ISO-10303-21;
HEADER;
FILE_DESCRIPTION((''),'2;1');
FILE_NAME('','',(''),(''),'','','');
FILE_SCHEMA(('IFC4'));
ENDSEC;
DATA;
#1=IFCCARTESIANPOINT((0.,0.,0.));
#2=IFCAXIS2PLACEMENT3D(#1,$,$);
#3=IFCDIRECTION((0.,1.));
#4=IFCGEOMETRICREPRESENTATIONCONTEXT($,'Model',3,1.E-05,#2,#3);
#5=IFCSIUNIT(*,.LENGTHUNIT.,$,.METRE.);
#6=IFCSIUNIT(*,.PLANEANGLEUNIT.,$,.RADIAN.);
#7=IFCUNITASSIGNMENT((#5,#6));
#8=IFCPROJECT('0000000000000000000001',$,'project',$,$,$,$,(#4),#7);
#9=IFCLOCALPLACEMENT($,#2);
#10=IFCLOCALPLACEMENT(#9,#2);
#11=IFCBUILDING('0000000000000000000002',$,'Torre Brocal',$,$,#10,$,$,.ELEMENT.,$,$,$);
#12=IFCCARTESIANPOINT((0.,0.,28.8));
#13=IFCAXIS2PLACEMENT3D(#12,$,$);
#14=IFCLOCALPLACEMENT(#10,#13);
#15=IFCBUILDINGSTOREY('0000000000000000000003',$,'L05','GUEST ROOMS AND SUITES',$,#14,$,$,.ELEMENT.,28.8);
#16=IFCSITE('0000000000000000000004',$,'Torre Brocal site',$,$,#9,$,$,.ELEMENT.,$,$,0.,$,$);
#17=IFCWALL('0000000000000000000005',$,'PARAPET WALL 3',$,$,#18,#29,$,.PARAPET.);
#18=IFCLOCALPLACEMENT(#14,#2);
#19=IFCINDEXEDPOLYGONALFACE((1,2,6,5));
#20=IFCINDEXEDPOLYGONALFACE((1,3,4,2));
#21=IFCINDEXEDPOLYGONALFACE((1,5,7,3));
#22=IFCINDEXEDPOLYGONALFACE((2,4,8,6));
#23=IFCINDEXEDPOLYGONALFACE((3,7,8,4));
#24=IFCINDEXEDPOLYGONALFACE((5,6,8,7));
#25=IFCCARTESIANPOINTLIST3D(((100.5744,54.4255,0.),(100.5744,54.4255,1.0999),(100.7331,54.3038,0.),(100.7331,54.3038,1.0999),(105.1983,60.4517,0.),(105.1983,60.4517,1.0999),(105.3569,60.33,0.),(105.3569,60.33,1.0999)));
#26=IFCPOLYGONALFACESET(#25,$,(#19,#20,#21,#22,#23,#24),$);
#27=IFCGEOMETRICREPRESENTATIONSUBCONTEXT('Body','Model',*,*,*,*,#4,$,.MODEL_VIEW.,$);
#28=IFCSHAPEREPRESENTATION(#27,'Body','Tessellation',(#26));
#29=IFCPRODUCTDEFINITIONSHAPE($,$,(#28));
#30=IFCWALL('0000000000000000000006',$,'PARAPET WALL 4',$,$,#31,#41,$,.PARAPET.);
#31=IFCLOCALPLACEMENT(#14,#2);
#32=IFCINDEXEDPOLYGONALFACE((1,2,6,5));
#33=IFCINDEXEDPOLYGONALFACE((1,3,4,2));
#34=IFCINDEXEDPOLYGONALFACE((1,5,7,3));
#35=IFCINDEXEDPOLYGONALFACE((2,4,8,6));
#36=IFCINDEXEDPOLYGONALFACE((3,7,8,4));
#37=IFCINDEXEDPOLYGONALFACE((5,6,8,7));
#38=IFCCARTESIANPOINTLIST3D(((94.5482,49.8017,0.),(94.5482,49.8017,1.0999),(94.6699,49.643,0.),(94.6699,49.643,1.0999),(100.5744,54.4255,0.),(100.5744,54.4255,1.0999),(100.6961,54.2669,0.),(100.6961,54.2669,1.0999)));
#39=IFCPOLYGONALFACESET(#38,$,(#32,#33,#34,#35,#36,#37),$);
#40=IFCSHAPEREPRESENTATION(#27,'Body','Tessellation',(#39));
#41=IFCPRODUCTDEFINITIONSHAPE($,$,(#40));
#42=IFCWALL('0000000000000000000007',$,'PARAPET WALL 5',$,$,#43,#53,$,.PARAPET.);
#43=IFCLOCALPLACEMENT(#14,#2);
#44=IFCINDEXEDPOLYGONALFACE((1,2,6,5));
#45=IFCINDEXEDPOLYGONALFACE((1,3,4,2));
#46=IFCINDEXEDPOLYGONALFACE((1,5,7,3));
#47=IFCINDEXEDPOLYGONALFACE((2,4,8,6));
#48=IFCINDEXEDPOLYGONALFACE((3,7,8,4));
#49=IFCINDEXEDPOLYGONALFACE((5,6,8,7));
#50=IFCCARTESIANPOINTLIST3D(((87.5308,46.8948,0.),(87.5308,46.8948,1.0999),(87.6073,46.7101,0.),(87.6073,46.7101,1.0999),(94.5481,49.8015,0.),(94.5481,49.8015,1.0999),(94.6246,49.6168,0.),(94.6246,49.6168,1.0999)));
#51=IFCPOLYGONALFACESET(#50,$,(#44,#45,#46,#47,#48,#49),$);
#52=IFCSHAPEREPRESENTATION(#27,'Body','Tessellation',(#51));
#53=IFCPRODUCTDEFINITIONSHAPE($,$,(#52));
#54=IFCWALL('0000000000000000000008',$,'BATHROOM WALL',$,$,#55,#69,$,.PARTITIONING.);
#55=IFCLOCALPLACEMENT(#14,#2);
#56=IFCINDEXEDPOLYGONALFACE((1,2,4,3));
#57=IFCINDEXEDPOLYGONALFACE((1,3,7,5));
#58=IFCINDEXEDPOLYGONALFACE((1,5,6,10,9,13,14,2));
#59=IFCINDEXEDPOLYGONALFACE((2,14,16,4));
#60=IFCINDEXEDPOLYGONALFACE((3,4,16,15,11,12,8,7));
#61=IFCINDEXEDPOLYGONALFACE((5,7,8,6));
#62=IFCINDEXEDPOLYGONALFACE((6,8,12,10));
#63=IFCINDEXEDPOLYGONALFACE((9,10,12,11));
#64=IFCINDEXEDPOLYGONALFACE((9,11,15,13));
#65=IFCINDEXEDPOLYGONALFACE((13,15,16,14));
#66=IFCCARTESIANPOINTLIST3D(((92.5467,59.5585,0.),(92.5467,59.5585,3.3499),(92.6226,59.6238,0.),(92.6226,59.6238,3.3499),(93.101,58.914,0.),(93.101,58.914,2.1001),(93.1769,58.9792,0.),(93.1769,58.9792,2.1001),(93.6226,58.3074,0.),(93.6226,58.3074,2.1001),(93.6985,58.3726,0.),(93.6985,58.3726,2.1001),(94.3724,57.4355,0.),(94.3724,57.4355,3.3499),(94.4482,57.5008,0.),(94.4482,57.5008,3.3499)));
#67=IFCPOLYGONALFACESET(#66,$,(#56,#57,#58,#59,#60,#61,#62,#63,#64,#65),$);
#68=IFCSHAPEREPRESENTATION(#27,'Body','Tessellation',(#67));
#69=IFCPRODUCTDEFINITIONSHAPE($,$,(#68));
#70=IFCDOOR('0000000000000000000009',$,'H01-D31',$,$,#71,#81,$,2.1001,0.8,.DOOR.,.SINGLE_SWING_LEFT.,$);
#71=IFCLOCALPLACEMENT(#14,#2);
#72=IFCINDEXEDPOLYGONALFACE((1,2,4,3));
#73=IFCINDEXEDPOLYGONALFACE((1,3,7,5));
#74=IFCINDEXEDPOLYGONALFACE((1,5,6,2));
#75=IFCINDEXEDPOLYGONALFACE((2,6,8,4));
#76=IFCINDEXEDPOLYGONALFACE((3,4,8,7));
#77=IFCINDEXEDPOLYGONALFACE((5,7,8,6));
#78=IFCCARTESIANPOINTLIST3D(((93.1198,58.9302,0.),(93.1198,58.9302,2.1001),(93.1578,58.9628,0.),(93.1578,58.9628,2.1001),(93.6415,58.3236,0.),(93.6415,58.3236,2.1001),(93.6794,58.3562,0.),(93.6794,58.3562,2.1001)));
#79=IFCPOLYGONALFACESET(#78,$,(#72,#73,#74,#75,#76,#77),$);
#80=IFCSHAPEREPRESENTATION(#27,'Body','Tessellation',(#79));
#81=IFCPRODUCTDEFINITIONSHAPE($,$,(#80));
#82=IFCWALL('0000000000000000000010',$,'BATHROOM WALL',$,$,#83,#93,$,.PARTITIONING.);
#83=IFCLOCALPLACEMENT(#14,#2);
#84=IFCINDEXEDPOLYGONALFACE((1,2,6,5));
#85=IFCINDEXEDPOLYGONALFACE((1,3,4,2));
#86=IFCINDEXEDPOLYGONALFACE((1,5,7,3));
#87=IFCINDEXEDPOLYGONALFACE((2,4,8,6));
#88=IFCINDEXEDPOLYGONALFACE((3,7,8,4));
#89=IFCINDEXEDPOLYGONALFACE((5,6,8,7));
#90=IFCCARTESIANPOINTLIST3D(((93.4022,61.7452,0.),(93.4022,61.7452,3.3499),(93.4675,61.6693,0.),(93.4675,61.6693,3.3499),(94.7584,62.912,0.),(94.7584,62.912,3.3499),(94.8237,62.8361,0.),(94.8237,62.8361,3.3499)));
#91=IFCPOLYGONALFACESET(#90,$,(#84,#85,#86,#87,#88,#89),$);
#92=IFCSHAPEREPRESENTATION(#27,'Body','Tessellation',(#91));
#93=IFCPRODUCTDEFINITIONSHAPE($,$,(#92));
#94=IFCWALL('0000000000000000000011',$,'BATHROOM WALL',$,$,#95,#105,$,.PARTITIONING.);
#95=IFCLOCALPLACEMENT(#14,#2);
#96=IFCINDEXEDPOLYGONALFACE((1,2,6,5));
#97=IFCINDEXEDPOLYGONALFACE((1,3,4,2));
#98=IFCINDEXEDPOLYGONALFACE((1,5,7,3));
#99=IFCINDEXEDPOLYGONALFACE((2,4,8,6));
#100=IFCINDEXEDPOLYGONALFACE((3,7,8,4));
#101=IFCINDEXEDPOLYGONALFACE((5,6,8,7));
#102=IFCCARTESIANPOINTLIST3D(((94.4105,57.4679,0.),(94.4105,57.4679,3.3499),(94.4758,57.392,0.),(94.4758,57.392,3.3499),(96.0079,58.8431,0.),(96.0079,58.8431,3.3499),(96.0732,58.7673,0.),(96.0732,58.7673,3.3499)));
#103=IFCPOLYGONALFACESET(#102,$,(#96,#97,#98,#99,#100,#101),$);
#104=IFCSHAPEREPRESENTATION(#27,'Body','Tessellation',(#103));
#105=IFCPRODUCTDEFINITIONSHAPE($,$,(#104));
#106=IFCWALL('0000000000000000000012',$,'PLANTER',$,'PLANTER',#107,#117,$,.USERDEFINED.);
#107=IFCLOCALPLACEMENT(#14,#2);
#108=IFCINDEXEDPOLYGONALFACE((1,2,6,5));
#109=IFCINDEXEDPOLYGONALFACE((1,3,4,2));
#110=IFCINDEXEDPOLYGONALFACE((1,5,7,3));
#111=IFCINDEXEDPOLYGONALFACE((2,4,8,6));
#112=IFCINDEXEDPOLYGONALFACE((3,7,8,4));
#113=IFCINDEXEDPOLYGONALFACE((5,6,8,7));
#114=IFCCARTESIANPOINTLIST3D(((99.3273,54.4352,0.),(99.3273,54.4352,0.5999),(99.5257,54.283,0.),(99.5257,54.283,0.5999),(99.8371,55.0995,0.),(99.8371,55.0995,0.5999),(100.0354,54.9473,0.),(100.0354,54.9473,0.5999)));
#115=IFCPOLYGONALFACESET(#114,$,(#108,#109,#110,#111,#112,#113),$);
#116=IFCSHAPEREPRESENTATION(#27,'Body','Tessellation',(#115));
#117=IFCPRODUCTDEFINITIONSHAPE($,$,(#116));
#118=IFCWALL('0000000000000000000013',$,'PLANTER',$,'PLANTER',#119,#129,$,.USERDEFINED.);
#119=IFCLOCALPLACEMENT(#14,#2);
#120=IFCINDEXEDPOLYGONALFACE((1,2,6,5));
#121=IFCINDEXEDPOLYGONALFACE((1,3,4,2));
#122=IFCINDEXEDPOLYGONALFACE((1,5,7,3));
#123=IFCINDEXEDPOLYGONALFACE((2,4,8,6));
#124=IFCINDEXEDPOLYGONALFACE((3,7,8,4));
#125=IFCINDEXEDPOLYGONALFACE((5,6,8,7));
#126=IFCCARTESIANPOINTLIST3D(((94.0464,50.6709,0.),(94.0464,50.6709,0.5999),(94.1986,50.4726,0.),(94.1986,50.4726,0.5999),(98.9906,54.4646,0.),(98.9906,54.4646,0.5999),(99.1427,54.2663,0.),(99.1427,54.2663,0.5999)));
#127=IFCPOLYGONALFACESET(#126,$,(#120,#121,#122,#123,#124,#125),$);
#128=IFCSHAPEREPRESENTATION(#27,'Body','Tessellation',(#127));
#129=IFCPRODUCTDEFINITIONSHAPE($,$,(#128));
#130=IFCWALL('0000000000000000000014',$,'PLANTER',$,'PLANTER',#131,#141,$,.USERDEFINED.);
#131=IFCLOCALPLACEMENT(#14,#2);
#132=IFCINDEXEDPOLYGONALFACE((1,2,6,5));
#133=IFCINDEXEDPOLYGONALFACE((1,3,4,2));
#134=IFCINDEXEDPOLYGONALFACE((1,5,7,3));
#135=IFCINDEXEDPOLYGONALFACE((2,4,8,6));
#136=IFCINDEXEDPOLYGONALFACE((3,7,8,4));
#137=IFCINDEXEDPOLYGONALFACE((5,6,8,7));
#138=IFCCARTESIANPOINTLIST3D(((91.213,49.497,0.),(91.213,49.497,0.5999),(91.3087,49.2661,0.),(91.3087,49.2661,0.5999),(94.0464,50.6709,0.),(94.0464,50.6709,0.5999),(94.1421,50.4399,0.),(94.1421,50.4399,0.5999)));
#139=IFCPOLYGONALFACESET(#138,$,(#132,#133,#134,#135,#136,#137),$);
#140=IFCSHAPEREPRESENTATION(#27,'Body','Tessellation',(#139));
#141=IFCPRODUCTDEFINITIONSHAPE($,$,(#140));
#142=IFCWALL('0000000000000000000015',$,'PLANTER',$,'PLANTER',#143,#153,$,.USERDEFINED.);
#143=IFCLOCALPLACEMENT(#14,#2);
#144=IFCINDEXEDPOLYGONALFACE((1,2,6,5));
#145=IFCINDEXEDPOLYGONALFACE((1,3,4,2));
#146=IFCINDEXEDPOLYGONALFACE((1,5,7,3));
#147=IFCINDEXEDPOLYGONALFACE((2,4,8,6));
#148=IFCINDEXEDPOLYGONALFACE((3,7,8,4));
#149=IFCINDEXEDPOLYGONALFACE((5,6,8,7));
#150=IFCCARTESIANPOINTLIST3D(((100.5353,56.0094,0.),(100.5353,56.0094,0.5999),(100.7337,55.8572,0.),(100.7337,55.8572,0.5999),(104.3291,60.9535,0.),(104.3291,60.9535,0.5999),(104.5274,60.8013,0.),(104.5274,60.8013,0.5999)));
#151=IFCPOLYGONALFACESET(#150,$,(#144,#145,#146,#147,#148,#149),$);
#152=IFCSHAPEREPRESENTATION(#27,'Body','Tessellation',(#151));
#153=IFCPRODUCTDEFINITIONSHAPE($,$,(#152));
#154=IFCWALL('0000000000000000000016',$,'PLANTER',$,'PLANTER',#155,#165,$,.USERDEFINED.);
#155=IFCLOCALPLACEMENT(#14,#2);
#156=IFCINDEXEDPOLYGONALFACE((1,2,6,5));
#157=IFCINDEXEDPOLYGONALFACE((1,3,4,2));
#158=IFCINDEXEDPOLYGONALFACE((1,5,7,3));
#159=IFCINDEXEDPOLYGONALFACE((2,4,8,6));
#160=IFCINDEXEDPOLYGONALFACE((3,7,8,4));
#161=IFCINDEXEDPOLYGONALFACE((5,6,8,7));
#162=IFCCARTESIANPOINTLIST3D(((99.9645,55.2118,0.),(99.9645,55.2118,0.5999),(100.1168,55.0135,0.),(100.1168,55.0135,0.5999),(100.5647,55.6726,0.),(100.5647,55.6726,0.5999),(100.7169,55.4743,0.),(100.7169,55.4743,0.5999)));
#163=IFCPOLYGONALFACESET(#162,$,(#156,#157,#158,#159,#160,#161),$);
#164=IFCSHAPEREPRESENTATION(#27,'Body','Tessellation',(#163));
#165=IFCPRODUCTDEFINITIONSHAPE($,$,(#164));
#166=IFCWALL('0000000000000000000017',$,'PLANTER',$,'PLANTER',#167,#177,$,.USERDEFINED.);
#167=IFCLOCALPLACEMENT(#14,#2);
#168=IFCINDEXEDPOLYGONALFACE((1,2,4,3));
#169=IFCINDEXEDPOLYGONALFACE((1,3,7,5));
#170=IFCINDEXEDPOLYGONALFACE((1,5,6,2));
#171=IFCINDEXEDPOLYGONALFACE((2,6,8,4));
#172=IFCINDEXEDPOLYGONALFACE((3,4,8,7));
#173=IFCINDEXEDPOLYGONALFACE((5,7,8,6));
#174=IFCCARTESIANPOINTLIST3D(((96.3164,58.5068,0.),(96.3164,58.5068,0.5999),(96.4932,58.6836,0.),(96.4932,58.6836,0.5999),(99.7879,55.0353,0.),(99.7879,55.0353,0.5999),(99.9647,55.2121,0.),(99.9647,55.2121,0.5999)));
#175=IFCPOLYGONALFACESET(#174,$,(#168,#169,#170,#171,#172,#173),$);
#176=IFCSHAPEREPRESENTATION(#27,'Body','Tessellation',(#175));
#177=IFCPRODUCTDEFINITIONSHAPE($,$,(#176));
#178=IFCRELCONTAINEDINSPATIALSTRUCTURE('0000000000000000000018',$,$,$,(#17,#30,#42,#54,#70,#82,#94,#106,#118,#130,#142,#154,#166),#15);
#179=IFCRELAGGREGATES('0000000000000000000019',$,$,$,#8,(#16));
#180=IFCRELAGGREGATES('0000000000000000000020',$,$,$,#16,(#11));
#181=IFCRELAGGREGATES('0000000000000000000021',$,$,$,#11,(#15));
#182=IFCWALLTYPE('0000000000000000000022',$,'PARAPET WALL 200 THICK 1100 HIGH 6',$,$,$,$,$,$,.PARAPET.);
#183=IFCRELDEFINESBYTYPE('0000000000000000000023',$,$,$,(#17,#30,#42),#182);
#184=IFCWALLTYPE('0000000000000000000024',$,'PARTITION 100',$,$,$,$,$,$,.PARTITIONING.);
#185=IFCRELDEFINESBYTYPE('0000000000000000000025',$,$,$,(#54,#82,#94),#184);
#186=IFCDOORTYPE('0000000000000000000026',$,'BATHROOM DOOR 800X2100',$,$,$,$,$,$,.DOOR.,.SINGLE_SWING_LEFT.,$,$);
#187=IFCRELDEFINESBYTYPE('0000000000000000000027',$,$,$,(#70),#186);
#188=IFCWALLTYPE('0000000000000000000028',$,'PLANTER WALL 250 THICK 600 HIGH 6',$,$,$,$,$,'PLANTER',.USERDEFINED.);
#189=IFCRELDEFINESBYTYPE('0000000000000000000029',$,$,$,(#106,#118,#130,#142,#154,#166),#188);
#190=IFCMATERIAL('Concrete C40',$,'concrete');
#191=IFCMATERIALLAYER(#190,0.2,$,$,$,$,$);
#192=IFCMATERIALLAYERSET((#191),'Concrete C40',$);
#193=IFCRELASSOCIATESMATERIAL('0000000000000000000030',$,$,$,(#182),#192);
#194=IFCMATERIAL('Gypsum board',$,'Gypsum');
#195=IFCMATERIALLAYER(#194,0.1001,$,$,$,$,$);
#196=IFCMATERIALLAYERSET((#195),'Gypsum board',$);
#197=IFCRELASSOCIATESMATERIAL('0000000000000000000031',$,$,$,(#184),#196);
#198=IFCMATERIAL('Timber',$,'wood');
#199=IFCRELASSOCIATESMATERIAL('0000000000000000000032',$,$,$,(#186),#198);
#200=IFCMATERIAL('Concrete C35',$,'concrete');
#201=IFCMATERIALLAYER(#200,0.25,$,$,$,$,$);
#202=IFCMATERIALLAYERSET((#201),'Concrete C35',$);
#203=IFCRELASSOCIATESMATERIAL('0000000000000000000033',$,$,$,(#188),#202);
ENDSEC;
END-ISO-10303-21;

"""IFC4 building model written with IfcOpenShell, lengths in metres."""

from ifc_helpers import new_model, si_unit, direction, frame, frame_2d, origin, place, context, subcontext, project, spatial, rectangle, extrude, material, layer, layer_set, type_object, element, fill, save


model = new_model("IFC4")

# Units and contexts
model_context = context("Model", 3, precision=1e-05, world=origin(), true_north=direction((0.0, 1.0)))
body_context = subcontext(model_context, "Body", "Model", "MODEL_VIEW")
ifc_project = project(units=[si_unit("LENGTHUNIT", "METRE"), si_unit("PLANEANGLEUNIT", "RADIAN")], contexts=[model_context])

# Site, building, storey
site_placement = place(None, origin())
site = spatial("IfcSite", under=ifc_project, at=site_placement, Name="Torre Brocal site", CompositionType="ELEMENT", RefElevation=0.0)
building_placement = place(site_placement, origin())
building = spatial("IfcBuilding", under=site, at=building_placement, Name="Torre Brocal", CompositionType="ELEMENT")
storey_placement = place(building_placement, frame((0.0, 0.0, 28.8)))
storey = spatial("IfcBuildingStorey", under=building, at=storey_placement, Name="L05", Description="GUEST ROOMS AND SUITES", CompositionType="ELEMENT", Elevation=28.8)

# Walls
ifc_material_1 = material(Name="Concrete C40", Category="concrete")
ifc_layer_1 = layer(ifc_material_1, 0.2)
ifc_layer_set_1 = layer_set([ifc_layer_1], Name="Concrete C40")
wall_type_1 = type_object("IfcWallType", Name="PARAPET WALL 200 THICK 1100 HIGH 6", PredefinedType="PARAPET", material=ifc_layer_set_1)
for number, where, z_axis, x_axis, name in (
    (1, (105.2776, 60.3909, 0.0), (0.0, 0.0, 1.0), (-0.608743, -0.793368, 0.0), "PARAPET WALL 3"),
    (2, (100.6353, 54.3462, 0.0), (0.0, 0.0, 1.0), (-0.793368, -0.608743, 0.0), "PARAPET WALL 4"),
):
    element("IfcWall", number, at=place(storey_placement, frame(where, z_axis=z_axis, x_axis=x_axis)), inside=storey, type_object=wall_type_1, Name=name, PredefinedType="PARAPET", context=body_context, shape_type="SweptSolid", body=[
        extrude(rectangle(XDim=7.5957, YDim=0.2, at=frame_2d((3.7979, 0.0))), origin(), (0.0, 0.0, 1.0), 1.0999),
    ])
wall_1_placement = place(storey_placement, frame((94.5864, 49.7092, 0.0), z_axis=(0.0, 0.0, 1.0), x_axis=(-0.923877, -0.382691, 0.0)))
element("IfcWall", 3, at=wall_1_placement, inside=storey, type_object=wall_type_1, Name="PARAPET WALL 5", PredefinedType="PARAPET", context=body_context, shape_type="SweptSolid", body=[
    extrude(rectangle(XDim=7.5955, YDim=0.2, at=frame_2d((3.7979, 0.0))), origin(), (0.0, 0.0, 1.0), 1.0999),
])

# Wall, opening, door
ifc_material_2 = material(Name="Gypsum board", Category="Gypsum")
ifc_layer_2 = layer(ifc_material_2, 0.1001)
ifc_layer_set_2 = layer_set([ifc_layer_2], Name="Gypsum board")
wall_type_2 = type_object("IfcWallType", Name="PARTITION 100", PredefinedType="PARTITIONING", material=ifc_layer_set_2)
wall_2_placement = place(storey_placement, frame((92.5847, 59.5911, 0.0), z_axis=(0.0, 0.0, 1.0), x_axis=(0.652011, -0.758209, 0.0)))
wall_2 = element("IfcWall", 4, at=wall_2_placement, inside=storey, type_object=wall_type_2, Name="BATHROOM WALL", PredefinedType="PARTITIONING", context=body_context, shape_type="SweptSolid", body=[
    extrude(rectangle(XDim=2.8, YDim=0.1001, at=frame_2d((1.3999, 0.0))), origin(), (0.0, 0.0, 1.0), 3.3499),
])
opening_1_placement = place(wall_2_placement, frame((0.8501, 0.0, 0.0)))
opening_1 = element("IfcOpeningElement", 5, at=opening_1_placement, cuts=wall_2, PredefinedType="OPENING", context=body_context, shape_type="SweptSolid", body=[
    extrude(rectangle(XDim=0.8, YDim=2.1001, at=frame_2d((0.3999, 1.05))), frame((0.0, 0.0601, 0.0), z_axis=(0.0, -1.0, 0.0), x_axis=(1.0, 0.0, 0.0)), (0.0, 0.0, 1.0), 0.1201),
])
ifc_material_3 = material(Name="Timber", Category="wood")
door_type_1 = type_object("IfcDoorType", Name="BATHROOM DOOR 800X2100", OperationType="SINGLE_SWING_LEFT", PredefinedType="DOOR", material=ifc_material_3)
door_1_placement = place(opening_1_placement, origin())
door_1 = element("IfcDoor", 6, at=door_1_placement, inside=storey, type_object=door_type_1, Name="H01-D31", OperationType="SINGLE_SWING_LEFT", OverallHeight=2.1001, OverallWidth=0.8, PredefinedType="DOOR", context=body_context, shape_type="SweptSolid", body=[
    extrude(rectangle(XDim=0.8, YDim=2.1001, at=frame_2d((0.3999, 1.05))), frame((0.0, 0.0249, 0.0), z_axis=(0.0, -1.0, 0.0), x_axis=(1.0, 0.0, 0.0)), (0.0, 0.0, 1.0), 0.05),
])
fill(opening_1, door_1)

# Walls
wall_3_placement = place(storey_placement, frame((93.4348, 61.7073, 0.0), z_axis=(0.0, 0.0, 1.0), x_axis=(0.75807, 0.652173, 0.0)))
element("IfcWall", 7, at=wall_3_placement, inside=storey, type_object=wall_type_2, Name="BATHROOM WALL", PredefinedType="PARTITIONING", context=body_context, shape_type="SweptSolid", body=[
    extrude(rectangle(XDim=1.7891, YDim=0.1001, at=frame_2d((0.8945, 0.0))), origin(), (0.0, 0.0, 1.0), 3.3499),
])
wall_4_placement = place(storey_placement, frame((94.4431, 57.4299, 0.0), z_axis=(0.0, 0.0, 1.0), x_axis=(0.75784, 0.65244, 0.0)))
element("IfcWall", 8, at=wall_4_placement, inside=storey, type_object=wall_type_2, Name="BATHROOM WALL", PredefinedType="PARTITIONING", context=body_context, shape_type="SweptSolid", body=[
    extrude(rectangle(XDim=2.1079, YDim=0.1001, at=frame_2d((1.054, 0.0))), origin(), (0.0, 0.0, 1.0), 3.3499),
])
ifc_material_4 = material(Name="Concrete C35", Category="concrete")
ifc_layer_3 = layer(ifc_material_4, 0.25)
ifc_layer_set_3 = layer_set([ifc_layer_3], Name="Concrete C35")
wall_type_3 = type_object("IfcWallType", Name="PLANTER WALL 250 THICK 600 HIGH 6", ElementType="PLANTER", PredefinedType="USERDEFINED", material=ifc_layer_set_3)
wall_5_placement = place(storey_placement, frame((99.9363, 55.0234, 0.0), z_axis=(0.0, 0.0, 1.0), x_axis=(-0.60878, -0.793339, 0.0)))
element("IfcWall", 9, at=wall_5_placement, inside=storey, type_object=wall_type_3, Name="PLANTER", ObjectType="PLANTER", PredefinedType="USERDEFINED", context=body_context, shape_type="SweptSolid", body=[
    extrude(rectangle(XDim=0.8374, YDim=0.25, at=frame_2d((0.4187, 0.0))), origin(), (0.0, 0.0, 1.0), 0.5999),
])
wall_6_placement = place(storey_placement, frame((99.0667, 54.3655, 0.0), z_axis=(0.0, 0.0, 1.0), x_axis=(-0.793356, -0.608758, 0.0)))
element("IfcWall", 10, at=wall_6_placement, inside=storey, type_object=wall_type_3, Name="PLANTER", ObjectType="PLANTER", PredefinedType="USERDEFINED", context=body_context, shape_type="SweptSolid", body=[
    extrude(rectangle(XDim=6.2319, YDim=0.25, at=frame_2d((3.116, 0.0))), origin(), (0.0, 0.0, 1.0), 0.5999),
])
wall_7_placement = place(storey_placement, frame((94.0942, 50.5554, 0.0), z_axis=(0.0, 0.0, 1.0), x_axis=(-0.92385, -0.382755, 0.0)))
element("IfcWall", 11, at=wall_7_placement, inside=storey, type_object=wall_type_3, Name="PLANTER", ObjectType="PLANTER", PredefinedType="USERDEFINED", context=body_context, shape_type="SweptSolid", body=[
    extrude(rectangle(XDim=3.0669, YDim=0.25, at=frame_2d((1.5334, 0.0))), origin(), (0.0, 0.0, 1.0), 0.5999),
])
wall_8_placement = place(storey_placement, frame((104.4282, 60.8774, 0.0), z_axis=(0.0, 0.0, 1.0), x_axis=(-0.608758, -0.793356, 0.0)))
element("IfcWall", 12, at=wall_8_placement, inside=storey, type_object=wall_type_3, Name="PLANTER", ObjectType="PLANTER", PredefinedType="USERDEFINED", context=body_context, shape_type="SweptSolid", body=[
    extrude(rectangle(XDim=6.2319, YDim=0.25, at=frame_2d((3.116, 0.0))), origin(), (0.0, 0.0, 1.0), 0.5999),
])
wall_9_placement = place(storey_placement, frame((100.6409, 55.5735, 0.0), z_axis=(0.0, 0.0, 1.0), x_axis=(-0.793211, -0.608946, 0.0)))
element("IfcWall", 13, at=wall_9_placement, inside=storey, type_object=wall_type_3, Name="PLANTER", ObjectType="PLANTER", PredefinedType="USERDEFINED", context=body_context, shape_type="SweptSolid", body=[
    extrude(rectangle(XDim=0.7566, YDim=0.25, at=frame_2d((0.3784, 0.0))), origin(), (0.0, 0.0, 1.0), 0.5999),
])
wall_10_placement = place(storey_placement, frame((99.8762, 55.1238, 0.0), z_axis=(0.0, 0.0, 1.0), x_axis=(-0.707107, 0.707107, 0.0)))
element("IfcWall", 14, at=wall_10_placement, inside=storey, type_object=wall_type_3, Name="PLANTER", ObjectType="PLANTER", PredefinedType="USERDEFINED", context=body_context, shape_type="SweptSolid", body=[
    extrude(rectangle(XDim=4.9094, YDim=0.25, at=frame_2d((2.4546, 0.0))), origin(), (0.0, 0.0, 1.0), 0.5999),
])

save(model, "model.ifc")
